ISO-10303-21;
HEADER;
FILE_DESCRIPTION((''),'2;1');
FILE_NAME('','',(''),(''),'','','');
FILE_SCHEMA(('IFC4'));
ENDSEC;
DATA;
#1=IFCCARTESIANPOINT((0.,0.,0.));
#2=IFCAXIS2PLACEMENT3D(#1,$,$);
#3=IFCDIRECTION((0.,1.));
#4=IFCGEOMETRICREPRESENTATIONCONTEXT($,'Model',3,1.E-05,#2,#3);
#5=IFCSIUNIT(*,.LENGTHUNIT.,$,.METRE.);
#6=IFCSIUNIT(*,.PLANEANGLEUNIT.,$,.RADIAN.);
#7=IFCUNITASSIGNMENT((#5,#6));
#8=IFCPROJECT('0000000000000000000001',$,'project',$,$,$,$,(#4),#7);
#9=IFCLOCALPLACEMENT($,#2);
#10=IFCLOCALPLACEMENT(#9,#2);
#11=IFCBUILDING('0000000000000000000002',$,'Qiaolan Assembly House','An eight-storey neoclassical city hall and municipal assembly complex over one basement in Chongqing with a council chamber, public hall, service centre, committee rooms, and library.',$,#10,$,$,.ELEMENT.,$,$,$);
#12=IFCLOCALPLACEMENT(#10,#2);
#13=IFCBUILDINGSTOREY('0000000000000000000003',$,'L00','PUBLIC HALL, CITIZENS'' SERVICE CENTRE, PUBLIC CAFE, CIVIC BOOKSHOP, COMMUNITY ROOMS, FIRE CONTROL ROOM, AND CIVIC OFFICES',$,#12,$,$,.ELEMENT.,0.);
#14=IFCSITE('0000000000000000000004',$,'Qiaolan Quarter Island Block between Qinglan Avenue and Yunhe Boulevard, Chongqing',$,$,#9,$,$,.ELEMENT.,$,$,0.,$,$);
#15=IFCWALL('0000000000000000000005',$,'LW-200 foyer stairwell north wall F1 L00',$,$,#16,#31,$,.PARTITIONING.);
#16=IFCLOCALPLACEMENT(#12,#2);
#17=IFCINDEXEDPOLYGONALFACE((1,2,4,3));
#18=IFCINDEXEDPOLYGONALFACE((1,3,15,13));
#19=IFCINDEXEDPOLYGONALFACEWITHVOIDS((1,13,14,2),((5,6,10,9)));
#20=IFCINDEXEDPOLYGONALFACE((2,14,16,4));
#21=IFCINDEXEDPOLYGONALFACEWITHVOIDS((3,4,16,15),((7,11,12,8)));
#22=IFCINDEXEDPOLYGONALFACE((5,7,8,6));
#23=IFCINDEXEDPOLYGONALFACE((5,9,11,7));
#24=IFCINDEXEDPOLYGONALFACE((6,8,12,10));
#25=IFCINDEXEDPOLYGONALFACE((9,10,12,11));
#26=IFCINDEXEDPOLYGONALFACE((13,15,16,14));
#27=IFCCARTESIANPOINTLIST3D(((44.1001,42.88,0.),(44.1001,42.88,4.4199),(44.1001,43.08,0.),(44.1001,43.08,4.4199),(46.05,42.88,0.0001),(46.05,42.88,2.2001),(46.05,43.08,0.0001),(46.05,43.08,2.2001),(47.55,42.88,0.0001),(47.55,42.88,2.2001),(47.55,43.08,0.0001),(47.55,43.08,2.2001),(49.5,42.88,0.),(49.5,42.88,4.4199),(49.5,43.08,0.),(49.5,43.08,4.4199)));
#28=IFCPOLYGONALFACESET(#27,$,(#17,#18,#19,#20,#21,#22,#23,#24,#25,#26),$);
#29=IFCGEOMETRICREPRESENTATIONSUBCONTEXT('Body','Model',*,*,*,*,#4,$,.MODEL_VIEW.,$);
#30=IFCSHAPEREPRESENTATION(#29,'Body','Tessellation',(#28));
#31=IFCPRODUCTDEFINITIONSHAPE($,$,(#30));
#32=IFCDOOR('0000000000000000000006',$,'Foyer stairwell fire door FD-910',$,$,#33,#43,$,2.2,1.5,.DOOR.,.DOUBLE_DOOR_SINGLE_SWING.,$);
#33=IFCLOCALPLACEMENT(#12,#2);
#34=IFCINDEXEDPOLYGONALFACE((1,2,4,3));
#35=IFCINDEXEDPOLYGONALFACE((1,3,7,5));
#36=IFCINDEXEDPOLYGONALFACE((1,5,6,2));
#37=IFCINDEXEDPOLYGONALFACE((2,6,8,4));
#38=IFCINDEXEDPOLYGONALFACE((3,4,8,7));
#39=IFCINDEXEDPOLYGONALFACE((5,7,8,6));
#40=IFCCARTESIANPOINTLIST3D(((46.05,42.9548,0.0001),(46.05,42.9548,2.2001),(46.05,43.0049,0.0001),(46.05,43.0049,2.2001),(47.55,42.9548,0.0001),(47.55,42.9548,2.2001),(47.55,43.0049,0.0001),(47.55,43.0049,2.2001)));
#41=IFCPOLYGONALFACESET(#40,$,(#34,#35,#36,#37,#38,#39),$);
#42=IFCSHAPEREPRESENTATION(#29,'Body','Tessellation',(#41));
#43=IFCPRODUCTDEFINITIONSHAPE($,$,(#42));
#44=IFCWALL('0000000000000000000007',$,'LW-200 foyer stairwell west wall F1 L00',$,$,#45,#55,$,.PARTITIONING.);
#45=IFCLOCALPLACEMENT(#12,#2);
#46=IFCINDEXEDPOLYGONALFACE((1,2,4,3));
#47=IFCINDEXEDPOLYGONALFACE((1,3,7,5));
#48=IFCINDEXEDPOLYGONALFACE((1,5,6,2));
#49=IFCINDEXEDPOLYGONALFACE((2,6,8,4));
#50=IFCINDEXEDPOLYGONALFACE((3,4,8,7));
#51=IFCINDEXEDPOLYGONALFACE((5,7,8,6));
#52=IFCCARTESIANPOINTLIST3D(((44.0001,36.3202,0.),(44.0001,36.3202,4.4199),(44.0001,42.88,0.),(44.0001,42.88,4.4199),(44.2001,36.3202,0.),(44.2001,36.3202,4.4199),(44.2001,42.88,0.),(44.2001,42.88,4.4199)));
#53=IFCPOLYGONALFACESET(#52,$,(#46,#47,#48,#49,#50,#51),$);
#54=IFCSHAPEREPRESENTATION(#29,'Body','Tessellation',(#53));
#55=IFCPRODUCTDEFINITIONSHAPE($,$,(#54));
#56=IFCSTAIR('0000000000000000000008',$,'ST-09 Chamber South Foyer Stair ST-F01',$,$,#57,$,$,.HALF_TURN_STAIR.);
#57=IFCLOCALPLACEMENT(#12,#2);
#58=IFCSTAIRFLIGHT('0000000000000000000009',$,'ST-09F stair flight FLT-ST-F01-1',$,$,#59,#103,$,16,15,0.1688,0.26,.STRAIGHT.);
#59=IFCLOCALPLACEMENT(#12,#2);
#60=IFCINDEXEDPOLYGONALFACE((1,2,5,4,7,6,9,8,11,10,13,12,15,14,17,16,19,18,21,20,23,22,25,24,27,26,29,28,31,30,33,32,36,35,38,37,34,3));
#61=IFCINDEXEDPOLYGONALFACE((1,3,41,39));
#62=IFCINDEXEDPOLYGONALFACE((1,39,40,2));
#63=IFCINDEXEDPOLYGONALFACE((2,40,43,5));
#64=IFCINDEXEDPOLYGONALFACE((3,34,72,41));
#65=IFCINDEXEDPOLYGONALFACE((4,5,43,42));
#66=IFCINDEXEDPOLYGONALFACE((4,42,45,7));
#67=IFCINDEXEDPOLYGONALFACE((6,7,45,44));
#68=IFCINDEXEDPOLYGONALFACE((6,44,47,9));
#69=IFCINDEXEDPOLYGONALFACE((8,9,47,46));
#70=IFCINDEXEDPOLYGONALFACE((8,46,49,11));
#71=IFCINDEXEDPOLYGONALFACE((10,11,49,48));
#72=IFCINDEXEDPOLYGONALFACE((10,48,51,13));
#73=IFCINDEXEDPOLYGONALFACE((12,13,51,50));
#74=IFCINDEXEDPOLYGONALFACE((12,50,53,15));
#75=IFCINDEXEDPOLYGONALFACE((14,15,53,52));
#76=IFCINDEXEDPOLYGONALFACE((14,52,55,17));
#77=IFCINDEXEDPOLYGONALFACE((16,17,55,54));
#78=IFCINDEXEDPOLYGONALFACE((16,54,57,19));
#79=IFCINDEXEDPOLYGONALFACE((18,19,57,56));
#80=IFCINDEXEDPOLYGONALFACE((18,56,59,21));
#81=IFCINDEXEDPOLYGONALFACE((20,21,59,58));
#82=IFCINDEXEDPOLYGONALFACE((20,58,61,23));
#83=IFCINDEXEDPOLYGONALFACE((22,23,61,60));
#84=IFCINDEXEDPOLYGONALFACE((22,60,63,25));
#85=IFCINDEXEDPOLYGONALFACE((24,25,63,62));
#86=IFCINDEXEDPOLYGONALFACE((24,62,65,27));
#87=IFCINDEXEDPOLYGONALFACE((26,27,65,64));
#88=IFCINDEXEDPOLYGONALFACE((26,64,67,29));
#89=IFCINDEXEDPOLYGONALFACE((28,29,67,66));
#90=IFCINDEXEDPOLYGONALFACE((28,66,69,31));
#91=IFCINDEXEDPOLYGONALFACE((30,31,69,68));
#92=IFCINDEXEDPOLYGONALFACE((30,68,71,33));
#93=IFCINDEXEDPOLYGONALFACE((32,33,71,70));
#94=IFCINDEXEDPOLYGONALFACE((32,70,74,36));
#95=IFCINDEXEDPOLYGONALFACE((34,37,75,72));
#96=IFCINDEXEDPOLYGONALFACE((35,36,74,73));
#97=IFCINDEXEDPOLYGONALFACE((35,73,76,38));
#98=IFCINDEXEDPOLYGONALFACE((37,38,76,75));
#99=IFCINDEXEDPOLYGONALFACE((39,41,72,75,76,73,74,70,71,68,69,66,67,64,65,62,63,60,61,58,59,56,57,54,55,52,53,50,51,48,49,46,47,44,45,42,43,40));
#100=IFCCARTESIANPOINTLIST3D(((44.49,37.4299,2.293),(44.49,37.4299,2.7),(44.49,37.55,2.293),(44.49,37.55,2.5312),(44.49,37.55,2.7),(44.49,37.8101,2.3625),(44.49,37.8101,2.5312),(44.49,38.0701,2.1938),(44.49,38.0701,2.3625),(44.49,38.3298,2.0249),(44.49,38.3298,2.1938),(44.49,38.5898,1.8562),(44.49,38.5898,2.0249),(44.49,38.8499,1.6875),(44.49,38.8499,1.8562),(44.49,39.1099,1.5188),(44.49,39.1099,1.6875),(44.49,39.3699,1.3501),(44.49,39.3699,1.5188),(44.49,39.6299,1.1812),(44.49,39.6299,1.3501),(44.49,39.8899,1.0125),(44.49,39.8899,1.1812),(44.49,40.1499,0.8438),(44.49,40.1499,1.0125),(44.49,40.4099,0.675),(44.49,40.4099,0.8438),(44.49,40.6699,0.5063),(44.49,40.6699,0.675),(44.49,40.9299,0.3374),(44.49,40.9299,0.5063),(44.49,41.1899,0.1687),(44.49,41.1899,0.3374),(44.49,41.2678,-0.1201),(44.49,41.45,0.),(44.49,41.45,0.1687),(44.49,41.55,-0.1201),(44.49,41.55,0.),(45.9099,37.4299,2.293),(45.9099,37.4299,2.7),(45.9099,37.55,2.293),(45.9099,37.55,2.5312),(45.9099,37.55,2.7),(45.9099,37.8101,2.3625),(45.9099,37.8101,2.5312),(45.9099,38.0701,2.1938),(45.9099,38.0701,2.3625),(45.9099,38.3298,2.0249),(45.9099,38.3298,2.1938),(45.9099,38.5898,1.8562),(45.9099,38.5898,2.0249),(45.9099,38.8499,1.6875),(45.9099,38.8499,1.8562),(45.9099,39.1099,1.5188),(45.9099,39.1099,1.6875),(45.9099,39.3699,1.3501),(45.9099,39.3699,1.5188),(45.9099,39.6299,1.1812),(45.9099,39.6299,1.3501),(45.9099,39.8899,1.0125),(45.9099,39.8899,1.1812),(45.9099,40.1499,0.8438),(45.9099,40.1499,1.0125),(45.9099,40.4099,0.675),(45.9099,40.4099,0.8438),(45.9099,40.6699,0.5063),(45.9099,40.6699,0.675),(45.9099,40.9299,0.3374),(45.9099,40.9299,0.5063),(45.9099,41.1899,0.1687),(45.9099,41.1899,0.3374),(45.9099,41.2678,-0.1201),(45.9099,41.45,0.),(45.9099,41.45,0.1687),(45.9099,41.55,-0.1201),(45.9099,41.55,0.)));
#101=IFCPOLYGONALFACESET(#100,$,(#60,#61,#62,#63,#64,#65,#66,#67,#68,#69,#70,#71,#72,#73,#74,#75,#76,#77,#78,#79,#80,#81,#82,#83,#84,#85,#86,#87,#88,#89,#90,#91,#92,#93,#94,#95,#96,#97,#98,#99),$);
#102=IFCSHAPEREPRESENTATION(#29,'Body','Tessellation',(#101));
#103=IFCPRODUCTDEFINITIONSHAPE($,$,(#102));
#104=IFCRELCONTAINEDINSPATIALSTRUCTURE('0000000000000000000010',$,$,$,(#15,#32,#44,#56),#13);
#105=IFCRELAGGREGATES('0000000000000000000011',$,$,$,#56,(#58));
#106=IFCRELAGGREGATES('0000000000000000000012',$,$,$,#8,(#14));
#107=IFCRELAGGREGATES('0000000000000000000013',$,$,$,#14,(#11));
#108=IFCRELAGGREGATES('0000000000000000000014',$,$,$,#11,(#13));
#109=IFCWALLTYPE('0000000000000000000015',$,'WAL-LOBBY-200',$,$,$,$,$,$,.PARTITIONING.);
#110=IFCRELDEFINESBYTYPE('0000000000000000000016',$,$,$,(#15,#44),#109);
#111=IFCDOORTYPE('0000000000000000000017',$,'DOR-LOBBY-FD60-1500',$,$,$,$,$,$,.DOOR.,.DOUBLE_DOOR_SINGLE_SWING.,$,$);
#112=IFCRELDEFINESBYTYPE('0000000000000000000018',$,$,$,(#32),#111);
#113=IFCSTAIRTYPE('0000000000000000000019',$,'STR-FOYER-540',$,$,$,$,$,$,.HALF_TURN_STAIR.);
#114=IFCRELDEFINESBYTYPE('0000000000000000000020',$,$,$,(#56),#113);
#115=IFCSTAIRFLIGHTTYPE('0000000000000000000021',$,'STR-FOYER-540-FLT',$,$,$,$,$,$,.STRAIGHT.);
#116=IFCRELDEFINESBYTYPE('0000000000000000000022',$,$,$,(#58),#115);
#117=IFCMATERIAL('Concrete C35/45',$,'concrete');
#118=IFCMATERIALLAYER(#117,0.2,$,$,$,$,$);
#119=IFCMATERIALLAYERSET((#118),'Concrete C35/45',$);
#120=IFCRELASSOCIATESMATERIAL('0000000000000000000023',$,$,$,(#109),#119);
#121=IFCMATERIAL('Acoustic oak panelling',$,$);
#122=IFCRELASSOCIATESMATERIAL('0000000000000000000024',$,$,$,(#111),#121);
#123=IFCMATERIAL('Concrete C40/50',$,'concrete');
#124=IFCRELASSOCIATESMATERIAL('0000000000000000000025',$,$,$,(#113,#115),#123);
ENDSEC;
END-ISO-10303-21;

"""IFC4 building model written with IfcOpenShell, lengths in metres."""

from ifc_helpers import new_model, si_unit, direction, frame, frame_2d, origin, place, context, subcontext, project, spatial, polyline, rectangle, outline, extrude, material, layer, layer_set, type_object, element, fill, aggregate, save


model = new_model("IFC4")

# Units and contexts
model_context = context("Model", 3, precision=1e-05, world=origin(), true_north=direction((0.0, 1.0)))
body_context = subcontext(model_context, "Body", "Model", "MODEL_VIEW")
ifc_project = project(units=[si_unit("LENGTHUNIT", "METRE"), si_unit("PLANEANGLEUNIT", "RADIAN")], contexts=[model_context])

# Site, building, storey
site_placement = place(None, origin())
site = spatial("IfcSite", under=ifc_project, at=site_placement, Name="Qiaolan Quarter Island Block between Qinglan Avenue and Yunhe Boulevard, Chongqing", CompositionType="ELEMENT", RefElevation=0.0)
building_placement = place(site_placement, origin())
building = spatial("IfcBuilding", under=site, at=building_placement, Name="Qiaolan Assembly House", Description="An eight-storey neoclassical city hall and municipal assembly complex over one basement in Chongqing with a council chamber, public hall, service centre, committee rooms, and library.", CompositionType="ELEMENT")
storey_placement = place(building_placement, origin())
storey = spatial("IfcBuildingStorey", under=building, at=storey_placement, Name="L00", Description="PUBLIC HALL, CITIZENS' SERVICE CENTRE, PUBLIC CAFE, CIVIC BOOKSHOP, COMMUNITY ROOMS, FIRE CONTROL ROOM, AND CIVIC OFFICES", CompositionType="ELEMENT", Elevation=0.0)

# Wall, opening, door
ifc_material_1 = material(Name="Concrete C35/45", Category="concrete")
ifc_layer_1 = layer(ifc_material_1, 0.2)
ifc_layer_set_1 = layer_set([ifc_layer_1], Name="Concrete C35/45")
wall_type = type_object("IfcWallType", Name="WAL-LOBBY-200", PredefinedType="PARTITIONING", material=ifc_layer_set_1)
wall_1_placement = place(storey_placement, frame((44.1001, 42.98, 0.0), z_axis=(0.0, 0.0, 1.0), x_axis=(1.0, 0.0, 0.0)))
wall_1 = element("IfcWall", 1, at=wall_1_placement, inside=storey, type_object=wall_type, Name="LW-200 foyer stairwell north wall F1 L00", PredefinedType="PARTITIONING", context=body_context, shape_type="SweptSolid", body=[
    extrude(rectangle(XDim=5.3999, YDim=0.2, at=frame_2d((2.7, 0.0))), origin(), (0.0, 0.0, 1.0), 4.4199),
])
opening_placement = place(wall_1_placement, frame((1.95, 0.0, 0.0)))
opening = element("IfcOpeningElement", 2, at=opening_placement, cuts=wall_1, PredefinedType="OPENING", context=body_context, shape_type="SweptSolid", body=[
    extrude(rectangle(XDim=1.5, YDim=2.2, at=frame_2d((0.75, 1.1001))), frame((0.0, 0.1099, 0.0), z_axis=(0.0, -1.0, 0.0), x_axis=(1.0, 0.0, 0.0)), (0.0, 0.0, 1.0), 0.22),
])
ifc_material_2 = material(Name="Acoustic oak panelling")
door_type = type_object("IfcDoorType", Name="DOR-LOBBY-FD60-1500", OperationType="DOUBLE_DOOR_SINGLE_SWING", PredefinedType="DOOR", material=ifc_material_2)
door_placement = place(opening_placement, origin())
door = element("IfcDoor", 3, at=door_placement, inside=storey, type_object=door_type, Name="Foyer stairwell fire door FD-910", OperationType="DOUBLE_DOOR_SINGLE_SWING", OverallHeight=2.2, OverallWidth=1.5, PredefinedType="DOOR", context=body_context, shape_type="SweptSolid", body=[
    extrude(rectangle(XDim=1.5, YDim=2.2, at=frame_2d((0.75, 1.1001))), frame((0.0, 0.0249, 0.0), z_axis=(0.0, -1.0, 0.0), x_axis=(1.0, 0.0, 0.0)), (0.0, 0.0, 1.0), 0.05),
])
fill(opening, door)

# Wall
wall_2_placement = place(storey_placement, frame((44.1001, 42.8799, 0.0), z_axis=(0.0, 0.0, 1.0), x_axis=(0.0, -1.0, 0.0)))
element("IfcWall", 4, at=wall_2_placement, inside=storey, type_object=wall_type, Name="LW-200 foyer stairwell west wall F1 L00", PredefinedType="PARTITIONING", context=body_context, shape_type="SweptSolid", body=[
    extrude(rectangle(XDim=6.5598, YDim=0.2, at=frame_2d((3.2798, 0.0))), origin(), (0.0, 0.0, 1.0), 4.4199),
])

# Stair, stair flight
ifc_material_3 = material(Name="Concrete C40/50", Category="concrete")
stair_type = type_object("IfcStairType", Name="STR-FOYER-540", PredefinedType="HALF_TURN_STAIR", material=ifc_material_3)
stair_placement = place(storey_placement, origin())
stair = element("IfcStair", 5, at=stair_placement, inside=storey, type_object=stair_type, Name="ST-09 Chamber South Foyer Stair ST-F01", PredefinedType="HALF_TURN_STAIR")
stair_flight_type = type_object("IfcStairFlightType", Name="STR-FOYER-540-FLT", PredefinedType="STRAIGHT", material=ifc_material_3)
stair_flight_placement = place(storey_placement, frame((45.2, 41.45, 0.0), z_axis=(0.0, 0.0, 1.0), x_axis=(0.0, -1.0, 0.0)))
stair_flight = element("IfcStairFlight", 6, at=stair_flight_placement, type_object=stair_flight_type, Name="ST-09F stair flight FLT-ST-F01-1", NumberOfRisers=16, NumberOfTreads=15, PredefinedType="STRAIGHT", RiserHeight=0.1688, TreadLength=0.26, context=body_context, shape_type="SweptSolid", body=[
    extrude(outline(polyline([(-0.1001, -0.1201), (-0.1001, 0.0), (0.0, 0.0), (0.0, 0.1687), (0.26, 0.1687), (0.26, 0.3374), (0.52, 0.3374), (0.52, 0.5063), (0.78, 0.5063), (0.78, 0.675), (1.04, 0.675), (1.04, 0.8438), (1.3, 0.8438), (1.3, 1.0125), (1.5601, 1.0125), (1.5601, 1.1812), (1.8201, 1.1812), (1.8201, 1.3501), (2.0801, 1.3501), (2.0801, 1.5188), (2.3401, 1.5188), (2.3401, 1.6875), (2.6001, 1.6875), (2.6001, 1.8562), (2.8601, 1.8562), (2.8601, 2.0249), (3.1201, 2.0249), (3.1201, 2.1938), (3.3799, 2.1938), (3.3799, 2.3625), (3.6399, 2.3625), (3.6399, 2.5312), (3.8999, 2.5312), (3.8999, 2.7), (4.02, 2.7), (4.02, 2.293), (3.8999, 2.293), (0.1821, -0.1201), (-0.1001, -0.1201)])), frame((0.0, 0.71, 0.0), z_axis=(0.0, -1.0, 0.0), x_axis=(1.0, 0.0, 0.0)), (0.0, 0.0, 1.0), 1.4199),
])
aggregate(stair, [stair_flight])

save(model, "model.ifc")
